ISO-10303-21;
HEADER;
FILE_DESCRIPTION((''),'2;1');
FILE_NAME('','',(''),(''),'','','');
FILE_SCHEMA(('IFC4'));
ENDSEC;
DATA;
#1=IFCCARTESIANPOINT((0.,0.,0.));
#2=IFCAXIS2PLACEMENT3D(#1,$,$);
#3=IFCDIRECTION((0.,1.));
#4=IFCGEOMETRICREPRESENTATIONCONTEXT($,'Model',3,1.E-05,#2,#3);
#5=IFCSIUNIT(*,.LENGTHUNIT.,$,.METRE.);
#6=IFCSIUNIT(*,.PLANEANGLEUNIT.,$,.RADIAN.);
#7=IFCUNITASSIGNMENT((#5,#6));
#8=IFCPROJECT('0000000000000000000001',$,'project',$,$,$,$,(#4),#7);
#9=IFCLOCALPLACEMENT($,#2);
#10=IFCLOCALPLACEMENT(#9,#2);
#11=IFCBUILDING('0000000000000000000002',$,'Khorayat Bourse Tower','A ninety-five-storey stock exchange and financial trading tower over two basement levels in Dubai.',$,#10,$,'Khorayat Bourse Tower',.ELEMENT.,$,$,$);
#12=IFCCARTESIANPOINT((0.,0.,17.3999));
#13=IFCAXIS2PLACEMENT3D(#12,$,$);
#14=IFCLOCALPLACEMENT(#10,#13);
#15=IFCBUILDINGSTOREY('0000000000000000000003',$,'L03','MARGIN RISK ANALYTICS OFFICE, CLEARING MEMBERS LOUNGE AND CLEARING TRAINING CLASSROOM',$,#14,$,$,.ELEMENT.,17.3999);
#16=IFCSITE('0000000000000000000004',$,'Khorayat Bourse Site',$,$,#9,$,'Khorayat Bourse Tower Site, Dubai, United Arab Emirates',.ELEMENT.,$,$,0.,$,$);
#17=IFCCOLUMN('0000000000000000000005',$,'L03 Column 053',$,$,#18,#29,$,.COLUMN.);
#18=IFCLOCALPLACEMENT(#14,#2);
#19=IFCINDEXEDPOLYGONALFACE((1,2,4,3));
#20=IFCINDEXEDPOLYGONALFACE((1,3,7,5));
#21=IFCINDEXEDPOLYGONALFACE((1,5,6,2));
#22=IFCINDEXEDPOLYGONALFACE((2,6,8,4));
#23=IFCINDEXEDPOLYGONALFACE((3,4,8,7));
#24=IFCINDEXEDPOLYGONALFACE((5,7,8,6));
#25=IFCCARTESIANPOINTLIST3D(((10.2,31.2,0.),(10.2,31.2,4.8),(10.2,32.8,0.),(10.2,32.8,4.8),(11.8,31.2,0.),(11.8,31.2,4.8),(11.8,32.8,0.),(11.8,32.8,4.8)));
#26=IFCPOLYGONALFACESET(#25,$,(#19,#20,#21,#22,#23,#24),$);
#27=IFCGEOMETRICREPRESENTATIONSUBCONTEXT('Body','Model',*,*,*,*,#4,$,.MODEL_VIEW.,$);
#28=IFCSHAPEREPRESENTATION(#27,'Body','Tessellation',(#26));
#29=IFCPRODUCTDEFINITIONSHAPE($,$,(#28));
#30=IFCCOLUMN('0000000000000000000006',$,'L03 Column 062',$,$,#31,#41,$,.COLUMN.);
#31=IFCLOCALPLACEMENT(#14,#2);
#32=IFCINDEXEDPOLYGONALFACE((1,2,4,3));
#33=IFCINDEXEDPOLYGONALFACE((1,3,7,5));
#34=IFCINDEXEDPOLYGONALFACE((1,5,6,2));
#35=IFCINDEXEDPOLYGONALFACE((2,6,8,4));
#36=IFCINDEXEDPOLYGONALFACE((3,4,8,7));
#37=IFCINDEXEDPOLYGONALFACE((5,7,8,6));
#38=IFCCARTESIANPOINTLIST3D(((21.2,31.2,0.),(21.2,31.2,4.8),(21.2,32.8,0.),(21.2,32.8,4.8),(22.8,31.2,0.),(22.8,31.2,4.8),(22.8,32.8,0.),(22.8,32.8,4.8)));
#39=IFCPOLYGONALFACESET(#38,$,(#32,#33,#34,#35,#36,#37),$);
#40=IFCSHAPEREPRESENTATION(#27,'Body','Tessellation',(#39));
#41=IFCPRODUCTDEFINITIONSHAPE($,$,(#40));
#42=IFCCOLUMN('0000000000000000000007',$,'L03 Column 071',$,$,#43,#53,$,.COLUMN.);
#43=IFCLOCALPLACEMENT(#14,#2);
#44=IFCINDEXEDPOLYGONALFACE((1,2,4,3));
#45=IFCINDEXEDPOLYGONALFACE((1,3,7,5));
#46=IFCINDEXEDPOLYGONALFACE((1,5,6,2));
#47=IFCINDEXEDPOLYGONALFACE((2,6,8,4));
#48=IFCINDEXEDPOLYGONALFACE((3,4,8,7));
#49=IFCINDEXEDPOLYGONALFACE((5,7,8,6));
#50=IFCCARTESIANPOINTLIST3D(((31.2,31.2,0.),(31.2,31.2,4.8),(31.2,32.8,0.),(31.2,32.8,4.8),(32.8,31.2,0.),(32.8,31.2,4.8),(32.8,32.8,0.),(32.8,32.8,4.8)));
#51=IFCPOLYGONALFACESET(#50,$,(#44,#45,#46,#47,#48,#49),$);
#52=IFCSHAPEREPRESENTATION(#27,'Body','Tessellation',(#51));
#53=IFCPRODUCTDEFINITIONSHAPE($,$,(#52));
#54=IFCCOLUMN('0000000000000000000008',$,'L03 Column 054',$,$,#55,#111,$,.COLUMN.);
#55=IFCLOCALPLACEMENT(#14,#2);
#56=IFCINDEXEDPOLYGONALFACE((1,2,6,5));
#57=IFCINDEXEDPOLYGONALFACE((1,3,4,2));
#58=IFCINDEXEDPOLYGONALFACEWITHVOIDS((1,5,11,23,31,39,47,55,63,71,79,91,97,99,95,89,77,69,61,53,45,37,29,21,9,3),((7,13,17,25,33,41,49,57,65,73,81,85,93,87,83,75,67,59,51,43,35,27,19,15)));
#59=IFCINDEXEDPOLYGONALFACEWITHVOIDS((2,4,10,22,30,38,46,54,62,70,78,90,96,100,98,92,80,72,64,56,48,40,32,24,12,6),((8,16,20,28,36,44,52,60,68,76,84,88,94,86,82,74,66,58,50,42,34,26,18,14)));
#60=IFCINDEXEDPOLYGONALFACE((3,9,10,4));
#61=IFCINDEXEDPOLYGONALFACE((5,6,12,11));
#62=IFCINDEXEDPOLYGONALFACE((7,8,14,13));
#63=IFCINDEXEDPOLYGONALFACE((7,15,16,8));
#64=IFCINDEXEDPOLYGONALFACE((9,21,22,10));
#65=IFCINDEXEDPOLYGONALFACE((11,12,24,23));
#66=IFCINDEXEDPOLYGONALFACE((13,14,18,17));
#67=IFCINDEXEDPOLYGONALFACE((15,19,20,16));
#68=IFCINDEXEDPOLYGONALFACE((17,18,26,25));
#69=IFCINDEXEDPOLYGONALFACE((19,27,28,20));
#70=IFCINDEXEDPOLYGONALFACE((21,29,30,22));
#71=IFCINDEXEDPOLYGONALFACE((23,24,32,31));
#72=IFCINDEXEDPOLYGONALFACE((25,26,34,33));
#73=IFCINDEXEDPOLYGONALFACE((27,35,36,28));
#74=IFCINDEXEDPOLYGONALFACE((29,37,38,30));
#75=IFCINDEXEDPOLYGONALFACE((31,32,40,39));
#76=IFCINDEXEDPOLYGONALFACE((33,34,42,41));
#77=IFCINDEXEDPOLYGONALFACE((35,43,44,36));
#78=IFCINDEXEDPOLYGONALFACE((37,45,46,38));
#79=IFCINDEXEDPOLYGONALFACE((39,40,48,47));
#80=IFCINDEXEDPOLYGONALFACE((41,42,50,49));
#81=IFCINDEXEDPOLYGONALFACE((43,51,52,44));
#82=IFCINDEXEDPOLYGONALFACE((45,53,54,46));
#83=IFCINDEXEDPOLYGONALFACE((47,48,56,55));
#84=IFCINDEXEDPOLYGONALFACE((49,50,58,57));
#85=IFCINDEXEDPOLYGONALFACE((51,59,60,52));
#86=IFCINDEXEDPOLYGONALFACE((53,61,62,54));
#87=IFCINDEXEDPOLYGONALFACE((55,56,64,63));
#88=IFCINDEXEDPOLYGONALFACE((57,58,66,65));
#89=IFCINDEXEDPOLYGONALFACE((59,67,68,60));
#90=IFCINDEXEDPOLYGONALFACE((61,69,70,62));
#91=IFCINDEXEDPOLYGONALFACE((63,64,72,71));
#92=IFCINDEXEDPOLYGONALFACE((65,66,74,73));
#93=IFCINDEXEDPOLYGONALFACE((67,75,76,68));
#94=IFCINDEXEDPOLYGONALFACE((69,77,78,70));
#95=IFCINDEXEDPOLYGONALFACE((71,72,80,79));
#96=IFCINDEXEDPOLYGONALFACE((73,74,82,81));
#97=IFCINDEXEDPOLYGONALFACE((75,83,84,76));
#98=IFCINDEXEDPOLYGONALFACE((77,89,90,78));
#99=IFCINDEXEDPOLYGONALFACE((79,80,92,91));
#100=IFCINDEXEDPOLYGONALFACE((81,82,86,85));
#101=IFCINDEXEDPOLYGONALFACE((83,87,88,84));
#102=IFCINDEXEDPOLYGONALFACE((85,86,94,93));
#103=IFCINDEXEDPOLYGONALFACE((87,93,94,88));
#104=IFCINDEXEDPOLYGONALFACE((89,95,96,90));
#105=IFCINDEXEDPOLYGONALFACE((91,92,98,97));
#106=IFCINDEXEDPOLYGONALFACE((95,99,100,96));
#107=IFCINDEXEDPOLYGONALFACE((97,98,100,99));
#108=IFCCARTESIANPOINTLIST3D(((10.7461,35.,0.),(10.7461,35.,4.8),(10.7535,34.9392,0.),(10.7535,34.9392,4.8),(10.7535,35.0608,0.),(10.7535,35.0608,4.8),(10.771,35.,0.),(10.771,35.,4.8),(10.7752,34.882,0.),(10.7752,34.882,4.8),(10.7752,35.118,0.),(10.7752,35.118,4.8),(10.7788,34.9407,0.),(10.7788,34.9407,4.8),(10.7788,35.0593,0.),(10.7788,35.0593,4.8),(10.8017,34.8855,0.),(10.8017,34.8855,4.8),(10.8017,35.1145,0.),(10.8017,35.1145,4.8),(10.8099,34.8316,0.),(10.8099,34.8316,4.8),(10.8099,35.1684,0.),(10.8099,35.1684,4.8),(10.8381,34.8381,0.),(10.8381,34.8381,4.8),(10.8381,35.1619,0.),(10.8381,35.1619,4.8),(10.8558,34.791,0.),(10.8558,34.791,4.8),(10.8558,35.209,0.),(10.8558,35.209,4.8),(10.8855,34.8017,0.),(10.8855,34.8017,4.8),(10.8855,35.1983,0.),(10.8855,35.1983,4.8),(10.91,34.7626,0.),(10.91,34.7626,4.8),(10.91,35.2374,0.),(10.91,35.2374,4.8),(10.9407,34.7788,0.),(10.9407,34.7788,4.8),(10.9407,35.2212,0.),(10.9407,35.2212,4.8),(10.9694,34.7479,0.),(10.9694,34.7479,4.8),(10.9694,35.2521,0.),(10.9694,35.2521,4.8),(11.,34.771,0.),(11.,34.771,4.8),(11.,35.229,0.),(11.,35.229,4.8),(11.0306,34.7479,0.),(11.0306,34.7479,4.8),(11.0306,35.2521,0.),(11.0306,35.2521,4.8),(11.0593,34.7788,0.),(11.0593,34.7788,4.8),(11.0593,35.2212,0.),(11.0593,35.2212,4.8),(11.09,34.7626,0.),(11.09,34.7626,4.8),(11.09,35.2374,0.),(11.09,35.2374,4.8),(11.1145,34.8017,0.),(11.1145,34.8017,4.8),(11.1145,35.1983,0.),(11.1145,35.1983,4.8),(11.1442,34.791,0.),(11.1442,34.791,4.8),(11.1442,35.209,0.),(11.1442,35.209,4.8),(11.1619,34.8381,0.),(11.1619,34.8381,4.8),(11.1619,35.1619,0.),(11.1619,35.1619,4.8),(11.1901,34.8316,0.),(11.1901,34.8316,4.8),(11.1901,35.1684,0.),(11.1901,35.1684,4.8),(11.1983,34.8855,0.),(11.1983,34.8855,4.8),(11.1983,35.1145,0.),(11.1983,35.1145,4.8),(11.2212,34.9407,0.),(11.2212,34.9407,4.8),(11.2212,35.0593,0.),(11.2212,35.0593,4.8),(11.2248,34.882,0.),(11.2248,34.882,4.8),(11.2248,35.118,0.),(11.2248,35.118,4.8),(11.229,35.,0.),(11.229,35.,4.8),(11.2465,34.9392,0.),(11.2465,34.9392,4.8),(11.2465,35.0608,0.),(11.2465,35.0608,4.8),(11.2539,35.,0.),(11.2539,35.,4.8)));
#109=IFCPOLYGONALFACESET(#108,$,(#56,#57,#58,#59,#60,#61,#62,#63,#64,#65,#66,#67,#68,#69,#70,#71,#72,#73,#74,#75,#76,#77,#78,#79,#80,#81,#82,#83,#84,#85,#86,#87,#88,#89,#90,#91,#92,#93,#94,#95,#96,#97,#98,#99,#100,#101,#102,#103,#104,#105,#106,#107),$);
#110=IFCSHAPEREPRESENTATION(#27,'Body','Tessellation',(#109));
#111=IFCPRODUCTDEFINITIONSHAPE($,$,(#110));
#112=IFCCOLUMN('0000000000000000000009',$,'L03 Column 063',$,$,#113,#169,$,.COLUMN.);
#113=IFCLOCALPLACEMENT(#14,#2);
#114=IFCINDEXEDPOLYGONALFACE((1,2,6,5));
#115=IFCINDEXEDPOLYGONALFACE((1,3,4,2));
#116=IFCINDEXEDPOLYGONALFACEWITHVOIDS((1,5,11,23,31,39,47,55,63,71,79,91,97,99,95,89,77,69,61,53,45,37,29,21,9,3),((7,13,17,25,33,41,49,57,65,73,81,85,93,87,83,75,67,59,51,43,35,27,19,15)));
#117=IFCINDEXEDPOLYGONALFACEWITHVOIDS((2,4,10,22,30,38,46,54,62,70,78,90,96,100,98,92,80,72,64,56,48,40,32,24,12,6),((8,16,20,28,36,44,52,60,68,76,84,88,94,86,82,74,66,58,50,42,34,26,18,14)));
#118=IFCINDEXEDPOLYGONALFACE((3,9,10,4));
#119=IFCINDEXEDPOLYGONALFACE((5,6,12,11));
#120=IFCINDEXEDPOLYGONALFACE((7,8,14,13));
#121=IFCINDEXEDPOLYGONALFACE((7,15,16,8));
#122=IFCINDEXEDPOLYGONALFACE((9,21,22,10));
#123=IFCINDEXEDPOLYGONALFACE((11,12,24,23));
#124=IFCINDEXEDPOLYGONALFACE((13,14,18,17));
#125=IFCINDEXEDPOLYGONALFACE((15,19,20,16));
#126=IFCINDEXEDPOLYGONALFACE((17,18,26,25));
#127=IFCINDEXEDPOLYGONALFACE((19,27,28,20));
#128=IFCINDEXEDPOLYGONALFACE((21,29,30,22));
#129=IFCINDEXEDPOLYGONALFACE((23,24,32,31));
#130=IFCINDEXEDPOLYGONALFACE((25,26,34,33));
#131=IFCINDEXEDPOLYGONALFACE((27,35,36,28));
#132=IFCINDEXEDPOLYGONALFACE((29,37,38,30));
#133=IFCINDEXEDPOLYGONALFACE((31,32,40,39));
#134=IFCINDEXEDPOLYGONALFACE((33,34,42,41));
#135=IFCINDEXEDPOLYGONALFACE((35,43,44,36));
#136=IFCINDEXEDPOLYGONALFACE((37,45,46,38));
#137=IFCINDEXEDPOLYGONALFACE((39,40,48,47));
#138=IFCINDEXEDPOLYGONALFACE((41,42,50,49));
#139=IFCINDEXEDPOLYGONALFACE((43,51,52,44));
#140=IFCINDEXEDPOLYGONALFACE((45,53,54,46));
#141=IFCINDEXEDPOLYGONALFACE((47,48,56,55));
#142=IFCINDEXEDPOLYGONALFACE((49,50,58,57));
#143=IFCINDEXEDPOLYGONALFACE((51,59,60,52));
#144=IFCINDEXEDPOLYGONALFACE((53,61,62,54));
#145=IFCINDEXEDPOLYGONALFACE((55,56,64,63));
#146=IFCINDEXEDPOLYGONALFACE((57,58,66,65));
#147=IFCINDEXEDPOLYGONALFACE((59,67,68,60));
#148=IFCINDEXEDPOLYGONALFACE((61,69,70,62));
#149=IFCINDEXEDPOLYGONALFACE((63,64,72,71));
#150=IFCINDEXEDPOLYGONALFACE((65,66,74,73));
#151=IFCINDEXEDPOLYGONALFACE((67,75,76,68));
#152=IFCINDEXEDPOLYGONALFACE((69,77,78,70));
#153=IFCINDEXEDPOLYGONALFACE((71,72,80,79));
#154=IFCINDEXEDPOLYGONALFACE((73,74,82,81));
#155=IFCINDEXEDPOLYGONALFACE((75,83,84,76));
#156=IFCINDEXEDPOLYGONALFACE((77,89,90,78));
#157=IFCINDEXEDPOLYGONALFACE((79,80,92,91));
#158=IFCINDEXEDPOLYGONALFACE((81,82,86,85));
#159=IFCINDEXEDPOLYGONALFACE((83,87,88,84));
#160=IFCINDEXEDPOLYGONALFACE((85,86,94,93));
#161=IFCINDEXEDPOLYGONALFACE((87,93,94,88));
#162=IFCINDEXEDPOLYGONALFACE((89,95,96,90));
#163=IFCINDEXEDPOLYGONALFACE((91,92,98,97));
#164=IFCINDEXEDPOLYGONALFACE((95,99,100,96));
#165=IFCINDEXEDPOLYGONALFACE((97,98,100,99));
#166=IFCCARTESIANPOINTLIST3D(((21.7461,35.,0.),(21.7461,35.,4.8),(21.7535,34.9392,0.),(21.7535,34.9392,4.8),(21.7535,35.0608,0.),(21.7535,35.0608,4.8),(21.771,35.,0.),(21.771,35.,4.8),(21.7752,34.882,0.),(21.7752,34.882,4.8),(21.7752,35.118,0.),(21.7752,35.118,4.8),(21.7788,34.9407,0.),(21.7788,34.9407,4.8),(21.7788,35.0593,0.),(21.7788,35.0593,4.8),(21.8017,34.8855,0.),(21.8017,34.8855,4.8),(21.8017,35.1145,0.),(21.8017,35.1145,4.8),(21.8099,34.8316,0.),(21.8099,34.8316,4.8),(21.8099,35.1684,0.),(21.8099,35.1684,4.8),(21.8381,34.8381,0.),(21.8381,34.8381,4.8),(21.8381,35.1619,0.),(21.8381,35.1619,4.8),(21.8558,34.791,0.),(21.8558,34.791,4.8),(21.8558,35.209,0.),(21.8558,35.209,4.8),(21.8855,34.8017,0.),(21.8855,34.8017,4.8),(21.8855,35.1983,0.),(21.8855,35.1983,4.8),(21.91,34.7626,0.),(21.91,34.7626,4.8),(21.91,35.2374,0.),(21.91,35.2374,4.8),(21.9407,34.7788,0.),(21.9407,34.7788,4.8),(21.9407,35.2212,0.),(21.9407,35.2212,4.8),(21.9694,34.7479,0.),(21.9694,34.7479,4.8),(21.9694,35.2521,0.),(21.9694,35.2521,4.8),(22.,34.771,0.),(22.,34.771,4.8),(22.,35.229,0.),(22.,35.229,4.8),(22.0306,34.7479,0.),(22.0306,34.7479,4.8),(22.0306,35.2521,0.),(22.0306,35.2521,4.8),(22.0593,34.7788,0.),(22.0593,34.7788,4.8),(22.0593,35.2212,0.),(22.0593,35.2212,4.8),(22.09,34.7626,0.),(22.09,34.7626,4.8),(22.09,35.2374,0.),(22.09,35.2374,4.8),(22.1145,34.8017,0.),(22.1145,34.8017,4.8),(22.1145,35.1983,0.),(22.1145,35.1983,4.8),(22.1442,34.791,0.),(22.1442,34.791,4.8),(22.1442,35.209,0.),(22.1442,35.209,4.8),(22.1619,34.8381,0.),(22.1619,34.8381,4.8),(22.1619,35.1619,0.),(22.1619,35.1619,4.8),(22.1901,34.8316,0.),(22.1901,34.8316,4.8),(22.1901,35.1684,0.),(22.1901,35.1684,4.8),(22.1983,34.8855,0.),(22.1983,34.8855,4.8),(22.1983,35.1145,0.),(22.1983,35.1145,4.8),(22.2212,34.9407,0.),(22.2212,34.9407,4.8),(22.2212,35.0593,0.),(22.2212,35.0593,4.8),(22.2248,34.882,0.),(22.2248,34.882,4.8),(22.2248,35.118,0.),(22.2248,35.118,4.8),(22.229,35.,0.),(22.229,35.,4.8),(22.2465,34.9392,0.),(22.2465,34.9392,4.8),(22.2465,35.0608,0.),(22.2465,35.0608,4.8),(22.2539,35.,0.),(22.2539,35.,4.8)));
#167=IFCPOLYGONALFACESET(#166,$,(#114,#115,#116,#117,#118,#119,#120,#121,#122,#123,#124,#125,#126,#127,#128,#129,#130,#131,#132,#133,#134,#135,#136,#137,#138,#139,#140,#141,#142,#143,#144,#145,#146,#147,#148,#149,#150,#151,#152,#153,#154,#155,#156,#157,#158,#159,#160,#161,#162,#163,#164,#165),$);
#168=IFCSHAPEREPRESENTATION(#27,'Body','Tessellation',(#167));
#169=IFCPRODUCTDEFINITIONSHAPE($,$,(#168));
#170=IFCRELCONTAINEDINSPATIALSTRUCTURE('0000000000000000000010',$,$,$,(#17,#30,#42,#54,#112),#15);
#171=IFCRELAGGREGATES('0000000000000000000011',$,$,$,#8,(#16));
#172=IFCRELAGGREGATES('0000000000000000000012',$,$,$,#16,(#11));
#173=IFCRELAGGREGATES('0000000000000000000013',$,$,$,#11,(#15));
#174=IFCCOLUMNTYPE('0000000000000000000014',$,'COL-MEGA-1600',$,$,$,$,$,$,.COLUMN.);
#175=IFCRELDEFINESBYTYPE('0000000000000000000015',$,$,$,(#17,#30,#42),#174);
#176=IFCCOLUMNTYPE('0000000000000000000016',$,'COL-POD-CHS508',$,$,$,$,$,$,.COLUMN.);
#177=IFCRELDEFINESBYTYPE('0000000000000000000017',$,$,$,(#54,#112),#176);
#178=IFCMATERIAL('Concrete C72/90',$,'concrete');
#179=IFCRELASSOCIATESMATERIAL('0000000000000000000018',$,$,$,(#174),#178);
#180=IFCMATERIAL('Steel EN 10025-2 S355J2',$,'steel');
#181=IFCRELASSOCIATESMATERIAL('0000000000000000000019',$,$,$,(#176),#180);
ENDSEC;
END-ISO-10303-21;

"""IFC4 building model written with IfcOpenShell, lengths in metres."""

from ifc_helpers import new_model, si_unit, direction, frame, origin, origin_2d, place, context, subcontext, project, spatial, rectangle, hollow_circle, extrude, source, transform, mapped, material, material_profile, profile_set, type_object, element, save


model = new_model("IFC4")

# Units and contexts
model_context = context("Model", 3, precision=1e-05, world=origin(), true_north=direction((0.0, 1.0)))
body_context = subcontext(model_context, "Body", "Model", "MODEL_VIEW")
ifc_project = project(units=[si_unit("LENGTHUNIT", "METRE"), si_unit("PLANEANGLEUNIT", "RADIAN")], contexts=[model_context])

# Site, building, storey
site_placement = place(None, origin())
site = spatial("IfcSite", under=ifc_project, at=site_placement, Name="Khorayat Bourse Site", LongName="Khorayat Bourse Tower Site, Dubai, United Arab Emirates", CompositionType="ELEMENT", RefElevation=0.0)
building_placement = place(site_placement, origin())
building = spatial("IfcBuilding", under=site, at=building_placement, Name="Khorayat Bourse Tower", Description="A ninety-five-storey stock exchange and financial trading tower over two basement levels in Dubai.", LongName="Khorayat Bourse Tower", CompositionType="ELEMENT")
storey_placement = place(building_placement, frame((0.0, 0.0, 17.3999)))
storey = spatial("IfcBuildingStorey", under=building, at=storey_placement, Name="L03", Description="MARGIN RISK ANALYTICS OFFICE, CLEARING MEMBERS LOUNGE AND CLEARING TRAINING CLASSROOM", CompositionType="ELEMENT", Elevation=17.3999)

# Columns
ifc_material_1 = material(Name="Concrete C72/90", Category="concrete")
ifc_material_profile_1 = material_profile(ifc_material_1, rectangle(XDim=1.6001, YDim=1.6001, at=origin_2d()), Name="RC 1600x1600")
ifc_profile_set_1 = profile_set([ifc_material_profile_1], Name="Concrete C72/90")
column_type_1 = type_object("IfcColumnType", Name="COL-MEGA-1600", PredefinedType="COLUMN", material=ifc_profile_set_1)
shared_shape_1 = source(origin(), body_context, "Body", "SweptSolid", [
    extrude(rectangle(XDim=1.6001, YDim=1.6001, at=origin_2d()), origin(), (0.0, 0.0, 1.0), 4.8),
])
for number, where, z_axis, x_axis, name in (
    (1, (11.0, 32.0, 0.0), (0.0, 0.0, 1.0), (1.0, 0.0, 0.0), "L03 Column 053"),
    (2, (22.0, 32.0, 0.0), (0.0, 0.0, 1.0), (1.0, 0.0, 0.0), "L03 Column 062"),
    (3, (32.0, 32.0, 0.0), (0.0, 0.0, 1.0), (1.0, 0.0, 0.0), "L03 Column 071"),
):
    element("IfcColumn", number, at=place(storey_placement, frame(where, z_axis=z_axis, x_axis=x_axis)), inside=storey, type_object=column_type_1, Name=name, PredefinedType="COLUMN", context=body_context, shape_type="MappedRepresentation", body=[
        mapped(shared_shape_1, transform((0.0, 0.0, 0.0), scale=1.0)),
    ])
ifc_material_2 = material(Name="Steel EN 10025-2 S355J2", Category="steel")
ifc_material_profile_2 = material_profile(ifc_material_2, hollow_circle(Radius=0.2539, WallThickness=0.0249, at=origin_2d()), Name="CHS 508x25")
ifc_profile_set_2 = profile_set([ifc_material_profile_2], Name="Steel EN 10025-2 S355J2")
column_type_2 = type_object("IfcColumnType", Name="COL-POD-CHS508", PredefinedType="COLUMN", material=ifc_profile_set_2)
shared_shape_2 = source(origin(), body_context, "Body", "SweptSolid", [
    extrude(hollow_circle(Radius=0.2539, WallThickness=0.0249, at=origin_2d()), origin(), (0.0, 0.0, 1.0), 4.8),
])
for number, where, z_axis, x_axis, name in (
    (4, (11.0, 35.0, 0.0), (0.0, 0.0, 1.0), (1.0, 0.0, 0.0), "L03 Column 054"),
    (5, (22.0, 35.0, 0.0), (0.0, 0.0, 1.0), (1.0, 0.0, 0.0), "L03 Column 063"),
):
    element("IfcColumn", number, at=place(storey_placement, frame(where, z_axis=z_axis, x_axis=x_axis)), inside=storey, type_object=column_type_2, Name=name, PredefinedType="COLUMN", context=body_context, shape_type="MappedRepresentation", body=[
        mapped(shared_shape_2, transform((0.0, 0.0, 0.0), scale=1.0)),
    ])

save(model, "model.ifc")
